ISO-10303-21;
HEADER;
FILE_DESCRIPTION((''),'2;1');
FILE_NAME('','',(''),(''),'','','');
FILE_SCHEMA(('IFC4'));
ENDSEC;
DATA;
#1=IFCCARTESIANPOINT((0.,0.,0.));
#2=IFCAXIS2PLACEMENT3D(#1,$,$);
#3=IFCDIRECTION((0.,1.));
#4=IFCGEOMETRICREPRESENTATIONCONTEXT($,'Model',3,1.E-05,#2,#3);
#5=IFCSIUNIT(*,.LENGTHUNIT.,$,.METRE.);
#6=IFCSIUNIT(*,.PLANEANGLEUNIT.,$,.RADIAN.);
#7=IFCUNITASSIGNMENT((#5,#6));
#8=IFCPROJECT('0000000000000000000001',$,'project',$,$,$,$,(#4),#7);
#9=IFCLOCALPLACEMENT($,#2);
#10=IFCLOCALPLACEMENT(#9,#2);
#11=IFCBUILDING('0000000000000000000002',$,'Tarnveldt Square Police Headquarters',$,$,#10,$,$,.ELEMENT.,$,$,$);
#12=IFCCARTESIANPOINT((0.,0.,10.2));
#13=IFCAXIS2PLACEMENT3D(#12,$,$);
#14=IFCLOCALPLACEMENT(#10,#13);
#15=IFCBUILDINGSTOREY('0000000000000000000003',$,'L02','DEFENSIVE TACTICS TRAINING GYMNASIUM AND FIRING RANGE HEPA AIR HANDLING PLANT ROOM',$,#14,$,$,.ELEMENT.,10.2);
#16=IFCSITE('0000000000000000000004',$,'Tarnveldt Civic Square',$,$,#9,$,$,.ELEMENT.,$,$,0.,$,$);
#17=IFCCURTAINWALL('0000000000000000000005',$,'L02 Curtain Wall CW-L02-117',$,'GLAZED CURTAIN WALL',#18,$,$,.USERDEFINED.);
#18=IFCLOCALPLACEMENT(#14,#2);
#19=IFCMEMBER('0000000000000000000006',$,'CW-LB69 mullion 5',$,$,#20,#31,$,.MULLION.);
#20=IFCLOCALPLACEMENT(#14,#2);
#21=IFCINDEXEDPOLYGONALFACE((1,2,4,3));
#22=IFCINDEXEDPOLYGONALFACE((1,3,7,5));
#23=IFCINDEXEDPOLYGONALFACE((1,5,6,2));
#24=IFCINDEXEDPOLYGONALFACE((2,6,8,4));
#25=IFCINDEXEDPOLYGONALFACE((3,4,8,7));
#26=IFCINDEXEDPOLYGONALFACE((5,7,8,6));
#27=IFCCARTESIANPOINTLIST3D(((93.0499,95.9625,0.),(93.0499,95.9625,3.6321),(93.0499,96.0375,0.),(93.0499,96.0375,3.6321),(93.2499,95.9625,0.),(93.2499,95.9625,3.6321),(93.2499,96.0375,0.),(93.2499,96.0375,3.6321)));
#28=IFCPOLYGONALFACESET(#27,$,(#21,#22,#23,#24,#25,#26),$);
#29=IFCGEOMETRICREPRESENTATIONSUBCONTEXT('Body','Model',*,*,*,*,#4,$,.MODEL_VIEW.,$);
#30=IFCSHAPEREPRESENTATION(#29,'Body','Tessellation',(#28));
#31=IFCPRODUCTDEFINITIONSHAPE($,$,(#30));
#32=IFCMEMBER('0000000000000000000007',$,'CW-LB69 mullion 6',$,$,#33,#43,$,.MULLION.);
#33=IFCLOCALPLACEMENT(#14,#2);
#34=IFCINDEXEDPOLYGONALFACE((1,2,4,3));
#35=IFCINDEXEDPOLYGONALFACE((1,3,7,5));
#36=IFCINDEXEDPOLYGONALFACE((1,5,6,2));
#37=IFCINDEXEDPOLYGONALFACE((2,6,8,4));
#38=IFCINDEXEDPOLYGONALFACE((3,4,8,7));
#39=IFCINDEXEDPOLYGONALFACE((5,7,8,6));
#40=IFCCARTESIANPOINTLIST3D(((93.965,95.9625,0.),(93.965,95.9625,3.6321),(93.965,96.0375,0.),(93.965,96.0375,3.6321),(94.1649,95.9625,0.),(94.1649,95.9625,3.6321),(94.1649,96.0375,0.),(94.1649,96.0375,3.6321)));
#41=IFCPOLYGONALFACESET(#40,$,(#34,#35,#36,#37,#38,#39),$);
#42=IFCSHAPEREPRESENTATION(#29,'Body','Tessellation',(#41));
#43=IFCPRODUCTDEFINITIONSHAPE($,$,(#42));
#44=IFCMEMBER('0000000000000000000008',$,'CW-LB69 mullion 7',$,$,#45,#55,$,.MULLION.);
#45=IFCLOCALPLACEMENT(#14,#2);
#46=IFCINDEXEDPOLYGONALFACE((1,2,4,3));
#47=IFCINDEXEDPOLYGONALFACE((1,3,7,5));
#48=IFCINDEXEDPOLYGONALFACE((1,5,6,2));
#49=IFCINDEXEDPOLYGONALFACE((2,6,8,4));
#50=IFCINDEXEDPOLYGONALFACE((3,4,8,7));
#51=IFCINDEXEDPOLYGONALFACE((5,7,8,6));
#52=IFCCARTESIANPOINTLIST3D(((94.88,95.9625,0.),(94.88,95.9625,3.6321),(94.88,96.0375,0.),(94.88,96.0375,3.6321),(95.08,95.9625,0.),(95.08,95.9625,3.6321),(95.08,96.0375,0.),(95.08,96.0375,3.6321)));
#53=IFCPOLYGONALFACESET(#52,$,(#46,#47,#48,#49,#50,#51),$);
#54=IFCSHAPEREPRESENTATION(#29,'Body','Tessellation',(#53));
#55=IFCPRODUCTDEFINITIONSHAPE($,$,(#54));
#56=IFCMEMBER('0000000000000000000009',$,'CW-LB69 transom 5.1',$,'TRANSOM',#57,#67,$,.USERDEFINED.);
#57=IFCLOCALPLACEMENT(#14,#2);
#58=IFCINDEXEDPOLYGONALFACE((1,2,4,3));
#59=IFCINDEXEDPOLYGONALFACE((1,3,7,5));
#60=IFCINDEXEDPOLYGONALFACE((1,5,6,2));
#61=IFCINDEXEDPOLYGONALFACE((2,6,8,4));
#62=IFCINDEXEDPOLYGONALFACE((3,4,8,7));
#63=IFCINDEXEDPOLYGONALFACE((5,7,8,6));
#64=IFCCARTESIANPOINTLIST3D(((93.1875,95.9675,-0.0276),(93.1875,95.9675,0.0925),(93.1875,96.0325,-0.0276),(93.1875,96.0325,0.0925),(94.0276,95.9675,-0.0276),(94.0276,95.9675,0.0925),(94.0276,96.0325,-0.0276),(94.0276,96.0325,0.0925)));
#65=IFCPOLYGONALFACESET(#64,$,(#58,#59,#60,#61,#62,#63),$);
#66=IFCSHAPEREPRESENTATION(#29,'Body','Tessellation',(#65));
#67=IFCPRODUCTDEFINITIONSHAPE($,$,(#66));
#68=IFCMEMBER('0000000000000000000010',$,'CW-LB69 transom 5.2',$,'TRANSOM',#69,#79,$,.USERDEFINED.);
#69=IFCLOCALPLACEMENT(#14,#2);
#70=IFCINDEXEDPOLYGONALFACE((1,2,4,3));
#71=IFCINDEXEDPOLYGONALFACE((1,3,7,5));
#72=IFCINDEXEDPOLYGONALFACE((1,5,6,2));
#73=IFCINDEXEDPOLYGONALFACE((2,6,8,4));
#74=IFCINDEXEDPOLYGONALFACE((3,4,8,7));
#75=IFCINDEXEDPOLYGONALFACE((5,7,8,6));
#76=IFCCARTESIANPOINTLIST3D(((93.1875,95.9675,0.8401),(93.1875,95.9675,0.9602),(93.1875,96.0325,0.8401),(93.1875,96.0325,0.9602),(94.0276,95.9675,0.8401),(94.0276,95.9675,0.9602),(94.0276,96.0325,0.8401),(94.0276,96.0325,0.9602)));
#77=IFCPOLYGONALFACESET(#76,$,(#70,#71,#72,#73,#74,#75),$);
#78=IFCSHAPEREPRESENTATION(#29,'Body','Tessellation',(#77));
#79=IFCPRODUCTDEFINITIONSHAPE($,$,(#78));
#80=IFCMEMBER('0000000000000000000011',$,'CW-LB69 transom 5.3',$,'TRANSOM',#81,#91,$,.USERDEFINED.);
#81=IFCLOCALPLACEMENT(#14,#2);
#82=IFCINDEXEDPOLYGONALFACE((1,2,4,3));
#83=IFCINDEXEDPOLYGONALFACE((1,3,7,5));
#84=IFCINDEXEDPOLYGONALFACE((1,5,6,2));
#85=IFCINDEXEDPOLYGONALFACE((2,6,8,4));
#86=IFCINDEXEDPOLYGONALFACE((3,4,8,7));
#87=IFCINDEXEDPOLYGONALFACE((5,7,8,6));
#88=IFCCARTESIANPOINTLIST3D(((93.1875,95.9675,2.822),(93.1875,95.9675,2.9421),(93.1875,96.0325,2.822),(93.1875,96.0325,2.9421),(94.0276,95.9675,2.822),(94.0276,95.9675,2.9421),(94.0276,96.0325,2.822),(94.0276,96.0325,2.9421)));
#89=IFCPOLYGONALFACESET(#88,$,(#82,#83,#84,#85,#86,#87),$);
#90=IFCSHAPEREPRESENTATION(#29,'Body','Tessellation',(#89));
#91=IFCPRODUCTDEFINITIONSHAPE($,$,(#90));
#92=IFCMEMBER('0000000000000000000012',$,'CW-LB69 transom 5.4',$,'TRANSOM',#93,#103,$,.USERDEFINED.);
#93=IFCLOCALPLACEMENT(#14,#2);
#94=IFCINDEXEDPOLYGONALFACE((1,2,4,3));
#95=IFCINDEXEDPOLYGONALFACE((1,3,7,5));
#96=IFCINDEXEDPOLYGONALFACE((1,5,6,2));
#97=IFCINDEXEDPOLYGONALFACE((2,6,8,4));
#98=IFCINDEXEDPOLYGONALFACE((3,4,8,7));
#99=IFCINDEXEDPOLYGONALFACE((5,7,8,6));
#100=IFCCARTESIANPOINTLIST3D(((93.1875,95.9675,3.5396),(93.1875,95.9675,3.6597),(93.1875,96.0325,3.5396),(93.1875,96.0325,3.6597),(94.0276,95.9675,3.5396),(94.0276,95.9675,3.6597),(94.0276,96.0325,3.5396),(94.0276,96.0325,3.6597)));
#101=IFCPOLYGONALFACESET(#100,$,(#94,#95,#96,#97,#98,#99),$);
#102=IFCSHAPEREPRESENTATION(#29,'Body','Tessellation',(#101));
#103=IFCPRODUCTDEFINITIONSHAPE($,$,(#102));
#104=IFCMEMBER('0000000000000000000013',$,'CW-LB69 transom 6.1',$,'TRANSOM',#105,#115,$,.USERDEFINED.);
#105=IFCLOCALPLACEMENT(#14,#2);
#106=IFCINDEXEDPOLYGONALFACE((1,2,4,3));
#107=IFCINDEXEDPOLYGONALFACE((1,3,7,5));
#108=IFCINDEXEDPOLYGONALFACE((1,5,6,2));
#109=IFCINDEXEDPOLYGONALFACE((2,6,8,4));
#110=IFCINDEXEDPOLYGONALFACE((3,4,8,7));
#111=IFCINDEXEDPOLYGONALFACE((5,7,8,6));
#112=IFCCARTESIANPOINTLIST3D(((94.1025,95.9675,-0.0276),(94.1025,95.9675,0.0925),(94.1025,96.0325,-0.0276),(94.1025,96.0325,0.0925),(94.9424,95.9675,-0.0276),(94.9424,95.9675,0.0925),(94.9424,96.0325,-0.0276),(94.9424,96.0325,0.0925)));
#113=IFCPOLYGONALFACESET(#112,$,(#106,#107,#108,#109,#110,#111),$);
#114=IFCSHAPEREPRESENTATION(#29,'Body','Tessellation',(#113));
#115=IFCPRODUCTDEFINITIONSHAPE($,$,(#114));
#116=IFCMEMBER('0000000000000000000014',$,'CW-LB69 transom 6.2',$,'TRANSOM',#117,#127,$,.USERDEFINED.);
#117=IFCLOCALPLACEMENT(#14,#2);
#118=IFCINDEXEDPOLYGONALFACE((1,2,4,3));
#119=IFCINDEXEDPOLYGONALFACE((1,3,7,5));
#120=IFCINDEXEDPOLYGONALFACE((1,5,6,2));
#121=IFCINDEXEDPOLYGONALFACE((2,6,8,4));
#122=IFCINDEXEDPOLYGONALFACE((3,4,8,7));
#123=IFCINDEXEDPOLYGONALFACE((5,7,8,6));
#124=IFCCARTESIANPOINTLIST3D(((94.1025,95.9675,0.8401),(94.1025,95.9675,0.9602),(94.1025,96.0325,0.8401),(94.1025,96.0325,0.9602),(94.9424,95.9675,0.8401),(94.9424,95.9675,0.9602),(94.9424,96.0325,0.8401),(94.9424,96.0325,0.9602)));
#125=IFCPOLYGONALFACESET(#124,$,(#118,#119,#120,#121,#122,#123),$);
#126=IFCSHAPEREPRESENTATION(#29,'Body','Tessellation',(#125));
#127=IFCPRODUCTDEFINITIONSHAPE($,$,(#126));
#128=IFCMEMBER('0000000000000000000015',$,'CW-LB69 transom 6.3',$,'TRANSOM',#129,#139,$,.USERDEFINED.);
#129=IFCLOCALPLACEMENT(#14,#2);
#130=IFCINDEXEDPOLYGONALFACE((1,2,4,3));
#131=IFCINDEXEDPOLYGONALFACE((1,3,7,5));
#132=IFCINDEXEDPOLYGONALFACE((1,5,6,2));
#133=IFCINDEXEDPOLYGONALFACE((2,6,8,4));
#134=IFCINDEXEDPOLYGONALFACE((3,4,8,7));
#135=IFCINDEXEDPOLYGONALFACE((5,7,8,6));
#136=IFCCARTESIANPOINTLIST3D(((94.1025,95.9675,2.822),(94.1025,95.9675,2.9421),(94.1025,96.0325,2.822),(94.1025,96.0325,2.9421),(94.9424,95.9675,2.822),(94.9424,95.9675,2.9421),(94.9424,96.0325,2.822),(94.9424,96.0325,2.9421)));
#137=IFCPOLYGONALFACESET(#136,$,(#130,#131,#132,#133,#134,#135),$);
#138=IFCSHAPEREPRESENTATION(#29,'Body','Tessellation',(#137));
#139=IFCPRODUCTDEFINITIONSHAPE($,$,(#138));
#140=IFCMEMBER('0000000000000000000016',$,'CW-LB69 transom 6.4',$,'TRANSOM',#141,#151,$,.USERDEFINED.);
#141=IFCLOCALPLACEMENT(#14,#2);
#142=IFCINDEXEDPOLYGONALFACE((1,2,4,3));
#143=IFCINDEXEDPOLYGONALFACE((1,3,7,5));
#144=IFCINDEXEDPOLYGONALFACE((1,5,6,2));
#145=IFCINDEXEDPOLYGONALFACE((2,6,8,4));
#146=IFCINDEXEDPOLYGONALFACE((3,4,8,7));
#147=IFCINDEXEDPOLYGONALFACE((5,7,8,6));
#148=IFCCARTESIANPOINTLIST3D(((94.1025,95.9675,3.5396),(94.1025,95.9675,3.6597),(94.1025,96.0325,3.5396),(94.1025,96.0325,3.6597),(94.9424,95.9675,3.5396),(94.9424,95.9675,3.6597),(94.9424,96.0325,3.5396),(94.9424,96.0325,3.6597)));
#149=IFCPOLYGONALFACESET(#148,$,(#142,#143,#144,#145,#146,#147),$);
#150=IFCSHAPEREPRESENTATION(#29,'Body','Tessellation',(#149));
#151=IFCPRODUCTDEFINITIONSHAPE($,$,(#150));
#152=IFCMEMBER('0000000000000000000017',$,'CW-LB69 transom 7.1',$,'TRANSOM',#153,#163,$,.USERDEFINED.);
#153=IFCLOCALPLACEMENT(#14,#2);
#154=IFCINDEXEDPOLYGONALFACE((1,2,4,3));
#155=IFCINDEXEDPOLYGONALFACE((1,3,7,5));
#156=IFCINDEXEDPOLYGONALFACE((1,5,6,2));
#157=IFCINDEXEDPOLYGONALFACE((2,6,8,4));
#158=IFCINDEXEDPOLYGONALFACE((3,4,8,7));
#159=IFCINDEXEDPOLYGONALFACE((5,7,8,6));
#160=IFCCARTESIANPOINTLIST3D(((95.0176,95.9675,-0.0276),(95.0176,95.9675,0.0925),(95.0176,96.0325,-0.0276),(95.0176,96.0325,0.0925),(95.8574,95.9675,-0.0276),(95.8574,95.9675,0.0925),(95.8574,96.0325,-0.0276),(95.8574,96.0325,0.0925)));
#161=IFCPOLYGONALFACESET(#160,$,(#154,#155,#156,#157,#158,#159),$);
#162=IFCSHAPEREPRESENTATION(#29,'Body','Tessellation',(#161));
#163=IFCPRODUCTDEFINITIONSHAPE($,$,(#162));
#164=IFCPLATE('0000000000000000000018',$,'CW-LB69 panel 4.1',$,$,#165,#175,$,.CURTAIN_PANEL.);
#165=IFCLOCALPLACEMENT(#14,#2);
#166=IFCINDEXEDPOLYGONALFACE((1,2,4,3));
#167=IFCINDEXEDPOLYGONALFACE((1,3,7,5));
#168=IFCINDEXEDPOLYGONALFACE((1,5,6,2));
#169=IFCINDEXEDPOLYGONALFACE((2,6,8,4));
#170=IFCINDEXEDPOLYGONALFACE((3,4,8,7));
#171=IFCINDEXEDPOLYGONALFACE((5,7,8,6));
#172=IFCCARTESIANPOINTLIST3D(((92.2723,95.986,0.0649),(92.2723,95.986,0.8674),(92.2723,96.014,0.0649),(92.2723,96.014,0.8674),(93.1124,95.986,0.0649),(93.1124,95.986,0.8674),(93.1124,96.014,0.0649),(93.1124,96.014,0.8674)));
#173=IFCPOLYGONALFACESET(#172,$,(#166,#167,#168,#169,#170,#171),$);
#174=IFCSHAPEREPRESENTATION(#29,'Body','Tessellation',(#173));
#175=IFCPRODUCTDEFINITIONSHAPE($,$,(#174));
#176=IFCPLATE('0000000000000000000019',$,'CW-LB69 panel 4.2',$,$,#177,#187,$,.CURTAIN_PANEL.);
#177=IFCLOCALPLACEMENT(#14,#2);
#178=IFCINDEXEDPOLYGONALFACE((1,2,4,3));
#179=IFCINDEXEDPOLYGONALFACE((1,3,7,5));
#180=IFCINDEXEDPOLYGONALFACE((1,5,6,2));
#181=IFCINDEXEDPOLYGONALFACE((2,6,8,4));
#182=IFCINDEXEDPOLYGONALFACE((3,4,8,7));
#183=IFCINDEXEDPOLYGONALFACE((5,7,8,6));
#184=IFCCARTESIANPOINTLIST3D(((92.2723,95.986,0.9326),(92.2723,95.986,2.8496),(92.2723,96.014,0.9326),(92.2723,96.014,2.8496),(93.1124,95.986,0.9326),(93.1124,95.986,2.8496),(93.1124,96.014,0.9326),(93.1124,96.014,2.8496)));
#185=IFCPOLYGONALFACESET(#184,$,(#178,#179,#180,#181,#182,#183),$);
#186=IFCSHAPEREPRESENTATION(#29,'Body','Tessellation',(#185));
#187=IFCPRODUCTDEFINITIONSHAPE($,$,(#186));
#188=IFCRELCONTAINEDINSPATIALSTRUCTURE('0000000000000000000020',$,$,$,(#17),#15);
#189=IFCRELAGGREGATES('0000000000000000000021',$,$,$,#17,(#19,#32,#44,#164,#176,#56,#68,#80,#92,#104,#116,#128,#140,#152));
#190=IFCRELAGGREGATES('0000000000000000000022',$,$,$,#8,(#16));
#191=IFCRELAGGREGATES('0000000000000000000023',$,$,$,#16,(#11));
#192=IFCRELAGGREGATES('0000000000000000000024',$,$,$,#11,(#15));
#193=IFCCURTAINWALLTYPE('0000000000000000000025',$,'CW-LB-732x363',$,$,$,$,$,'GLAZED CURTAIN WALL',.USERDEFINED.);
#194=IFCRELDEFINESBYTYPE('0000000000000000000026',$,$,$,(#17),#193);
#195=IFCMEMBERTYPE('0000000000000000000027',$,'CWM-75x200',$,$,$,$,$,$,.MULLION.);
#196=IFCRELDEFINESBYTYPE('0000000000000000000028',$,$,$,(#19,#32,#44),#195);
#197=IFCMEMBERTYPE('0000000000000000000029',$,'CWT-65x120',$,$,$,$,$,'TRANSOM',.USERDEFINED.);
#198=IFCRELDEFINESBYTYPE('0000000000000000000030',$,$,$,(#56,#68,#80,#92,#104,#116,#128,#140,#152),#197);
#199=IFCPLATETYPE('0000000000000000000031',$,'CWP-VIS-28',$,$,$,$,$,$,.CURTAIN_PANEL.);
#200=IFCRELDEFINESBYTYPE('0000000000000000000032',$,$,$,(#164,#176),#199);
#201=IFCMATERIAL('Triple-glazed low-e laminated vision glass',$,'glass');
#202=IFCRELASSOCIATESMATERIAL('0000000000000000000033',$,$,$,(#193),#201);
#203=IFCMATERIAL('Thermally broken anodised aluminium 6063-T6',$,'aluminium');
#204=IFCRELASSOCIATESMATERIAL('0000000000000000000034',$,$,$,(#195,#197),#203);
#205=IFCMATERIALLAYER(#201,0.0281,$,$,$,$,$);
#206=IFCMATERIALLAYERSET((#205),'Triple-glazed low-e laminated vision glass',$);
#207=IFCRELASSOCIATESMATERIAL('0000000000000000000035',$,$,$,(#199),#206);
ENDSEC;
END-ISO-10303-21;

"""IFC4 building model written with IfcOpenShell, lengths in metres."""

from ifc_helpers import new_model, si_unit, direction, frame, origin, origin_2d, place, context, subcontext, project, spatial, rectangle, extrude, material, layer, layer_set, material_profile, profile_set, type_object, element, aggregate, save


model = new_model("IFC4")

# Units and contexts
model_context = context("Model", 3, precision=1e-05, world=origin(), true_north=direction((0.0, 1.0)))
body_context = subcontext(model_context, "Body", "Model", "MODEL_VIEW")
ifc_project = project(units=[si_unit("LENGTHUNIT", "METRE"), si_unit("PLANEANGLEUNIT", "RADIAN")], contexts=[model_context])

# Site, building, storey
site_placement = place(None, origin())
site = spatial("IfcSite", under=ifc_project, at=site_placement, Name="Tarnveldt Civic Square", CompositionType="ELEMENT", RefElevation=0.0)
building_placement = place(site_placement, origin())
building = spatial("IfcBuilding", under=site, at=building_placement, Name="Tarnveldt Square Police Headquarters", CompositionType="ELEMENT")
storey_placement = place(building_placement, frame((0.0, 0.0, 10.2)))
storey = spatial("IfcBuildingStorey", under=building, at=storey_placement, Name="L02", Description="DEFENSIVE TACTICS TRAINING GYMNASIUM AND FIRING RANGE HEPA AIR HANDLING PLANT ROOM", CompositionType="ELEMENT", Elevation=10.2)

# Curtain wall, members, plates
ifc_material_1 = material(Name="Triple-glazed low-e laminated vision glass", Category="glass")
curtain_wall_type = type_object("IfcCurtainWallType", Name="CW-LB-732x363", ElementType="GLAZED CURTAIN WALL", PredefinedType="USERDEFINED", material=ifc_material_1)
curtain_wall_placement = place(storey_placement, origin())
curtain_wall = element("IfcCurtainWall", 1, at=curtain_wall_placement, inside=storey, type_object=curtain_wall_type, Name="L02 Curtain Wall CW-L02-117", ObjectType="GLAZED CURTAIN WALL", PredefinedType="USERDEFINED")
ifc_material_2 = material(Name="Thermally broken anodised aluminium 6063-T6", Category="aluminium")
ifc_material_profile_1 = material_profile(ifc_material_2, rectangle(XDim=0.075, YDim=0.2, at=origin_2d()), Name="CW-M75x200")
ifc_profile_set_1 = profile_set([ifc_material_profile_1], Name="Thermally broken anodised aluminium 6063-T6")
member_type_1 = type_object("IfcMemberType", Name="CWM-75x200", PredefinedType="MULLION", material=ifc_profile_set_1)
member_1_placement = place(storey_placement, frame((93.1499, 96.0, 0.0), z_axis=(0.0, 0.0, 1.0), x_axis=(0.0, 1.0, 0.0)))
member_1 = element("IfcMember", 2, at=member_1_placement, type_object=member_type_1, Name="CW-LB69 mullion 5", PredefinedType="MULLION", context=body_context, shape_type="SweptSolid", body=[
    extrude(rectangle(XDim=0.075, YDim=0.2, at=origin_2d()), origin(), (0.0, 0.0, 1.0), 3.6321),
])
member_2_placement = place(storey_placement, frame((94.0649, 96.0, 0.0), z_axis=(0.0, 0.0, 1.0), x_axis=(0.0, 1.0, 0.0)))
member_2 = element("IfcMember", 3, at=member_2_placement, type_object=member_type_1, Name="CW-LB69 mullion 6", PredefinedType="MULLION", context=body_context, shape_type="SweptSolid", body=[
    extrude(rectangle(XDim=0.075, YDim=0.2, at=origin_2d()), origin(), (0.0, 0.0, 1.0), 3.6321),
])
member_3_placement = place(storey_placement, frame((94.98, 96.0, 0.0), z_axis=(0.0, 0.0, 1.0), x_axis=(0.0, 1.0, 0.0)))
member_3 = element("IfcMember", 4, at=member_3_placement, type_object=member_type_1, Name="CW-LB69 mullion 7", PredefinedType="MULLION", context=body_context, shape_type="SweptSolid", body=[
    extrude(rectangle(XDim=0.075, YDim=0.2, at=origin_2d()), origin(), (0.0, 0.0, 1.0), 3.6321),
])
ifc_material_profile_2 = material_profile(ifc_material_2, rectangle(XDim=0.0649, YDim=0.1201, at=origin_2d()), Name="CW-T65x120")
ifc_profile_set_2 = profile_set([ifc_material_profile_2], Name="Thermally broken anodised aluminium 6063-T6")
member_type_2 = type_object("IfcMemberType", Name="CWT-65x120", ElementType="TRANSOM", PredefinedType="USERDEFINED", material=ifc_profile_set_2)
member_4_placement = place(storey_placement, frame((93.1875, 96.0, 0.0325), z_axis=(1.0, 0.0, 0.0), x_axis=(0.0, 1.0, 0.0)))
member_4 = element("IfcMember", 5, at=member_4_placement, type_object=member_type_2, Name="CW-LB69 transom 5.1", ObjectType="TRANSOM", PredefinedType="USERDEFINED", context=body_context, shape_type="SweptSolid", body=[
    extrude(rectangle(XDim=0.0649, YDim=0.1201, at=origin_2d()), origin(), (0.0, 0.0, 1.0), 0.8401),
])
member_5_placement = place(storey_placement, frame((93.1875, 96.0, 0.9001), z_axis=(1.0, 0.0, 0.0), x_axis=(0.0, 1.0, 0.0)))
member_5 = element("IfcMember", 6, at=member_5_placement, type_object=member_type_2, Name="CW-LB69 transom 5.2", ObjectType="TRANSOM", PredefinedType="USERDEFINED", context=body_context, shape_type="SweptSolid", body=[
    extrude(rectangle(XDim=0.0649, YDim=0.1201, at=origin_2d()), origin(), (0.0, 0.0, 1.0), 0.8401),
])
member_6_placement = place(storey_placement, frame((93.1875, 96.0, 2.8821), z_axis=(1.0, 0.0, 0.0), x_axis=(0.0, 1.0, 0.0)))
member_6 = element("IfcMember", 7, at=member_6_placement, type_object=member_type_2, Name="CW-LB69 transom 5.3", ObjectType="TRANSOM", PredefinedType="USERDEFINED", context=body_context, shape_type="SweptSolid", body=[
    extrude(rectangle(XDim=0.0649, YDim=0.1201, at=origin_2d()), origin(), (0.0, 0.0, 1.0), 0.8401),
])
member_7_placement = place(storey_placement, frame((93.1875, 96.0, 3.5996), z_axis=(1.0, 0.0, 0.0), x_axis=(0.0, 1.0, 0.0)))
member_7 = element("IfcMember", 8, at=member_7_placement, type_object=member_type_2, Name="CW-LB69 transom 5.4", ObjectType="TRANSOM", PredefinedType="USERDEFINED", context=body_context, shape_type="SweptSolid", body=[
    extrude(rectangle(XDim=0.0649, YDim=0.1201, at=origin_2d()), origin(), (0.0, 0.0, 1.0), 0.8401),
])
member_8_placement = place(storey_placement, frame((94.1025, 96.0, 0.0325), z_axis=(1.0, 0.0, 0.0), x_axis=(0.0, 1.0, 0.0)))
member_8 = element("IfcMember", 9, at=member_8_placement, type_object=member_type_2, Name="CW-LB69 transom 6.1", ObjectType="TRANSOM", PredefinedType="USERDEFINED", context=body_context, shape_type="SweptSolid", body=[
    extrude(rectangle(XDim=0.0649, YDim=0.1201, at=origin_2d()), origin(), (0.0, 0.0, 1.0), 0.8398),
])
member_9_placement = place(storey_placement, frame((94.1025, 96.0, 0.9001), z_axis=(1.0, 0.0, 0.0), x_axis=(0.0, 1.0, 0.0)))
member_9 = element("IfcMember", 10, at=member_9_placement, type_object=member_type_2, Name="CW-LB69 transom 6.2", ObjectType="TRANSOM", PredefinedType="USERDEFINED", context=body_context, shape_type="SweptSolid", body=[
    extrude(rectangle(XDim=0.0649, YDim=0.1201, at=origin_2d()), origin(), (0.0, 0.0, 1.0), 0.8398),
])
member_10_placement = place(storey_placement, frame((94.1025, 96.0, 2.8821), z_axis=(1.0, 0.0, 0.0), x_axis=(0.0, 1.0, 0.0)))
member_10 = element("IfcMember", 11, at=member_10_placement, type_object=member_type_2, Name="CW-LB69 transom 6.3", ObjectType="TRANSOM", PredefinedType="USERDEFINED", context=body_context, shape_type="SweptSolid", body=[
    extrude(rectangle(XDim=0.0649, YDim=0.1201, at=origin_2d()), origin(), (0.0, 0.0, 1.0), 0.8398),
])
member_11_placement = place(storey_placement, frame((94.1025, 96.0, 3.5996), z_axis=(1.0, 0.0, 0.0), x_axis=(0.0, 1.0, 0.0)))
member_11 = element("IfcMember", 12, at=member_11_placement, type_object=member_type_2, Name="CW-LB69 transom 6.4", ObjectType="TRANSOM", PredefinedType="USERDEFINED", context=body_context, shape_type="SweptSolid", body=[
    extrude(rectangle(XDim=0.0649, YDim=0.1201, at=origin_2d()), origin(), (0.0, 0.0, 1.0), 0.8398),
])
member_12_placement = place(storey_placement, frame((95.0176, 96.0, 0.0325), z_axis=(1.0, 0.0, 0.0), x_axis=(0.0, 1.0, 0.0)))
member_12 = element("IfcMember", 13, at=member_12_placement, type_object=member_type_2, Name="CW-LB69 transom 7.1", ObjectType="TRANSOM", PredefinedType="USERDEFINED", context=body_context, shape_type="SweptSolid", body=[
    extrude(rectangle(XDim=0.0649, YDim=0.1201, at=origin_2d()), origin(), (0.0, 0.0, 1.0), 0.8398),
])
ifc_layer = layer(ifc_material_1, 0.0281)
ifc_layer_set = layer_set([ifc_layer], Name="Triple-glazed low-e laminated vision glass")
plate_type = type_object("IfcPlateType", Name="CWP-VIS-28", PredefinedType="CURTAIN_PANEL", material=ifc_layer_set)
plate_1_placement = place(storey_placement, frame((92.6924, 96.0, 0.0649), z_axis=(0.0, 0.0, 1.0), x_axis=(1.0, 0.0, 0.0)))
plate_1 = element("IfcPlate", 14, at=plate_1_placement, type_object=plate_type, Name="CW-LB69 panel 4.1", PredefinedType="CURTAIN_PANEL", context=body_context, shape_type="SweptSolid", body=[
    extrude(rectangle(XDim=0.8401, YDim=0.0281, at=origin_2d()), origin(), (0.0, 0.0, 1.0), 0.8025),
])
plate_2_placement = place(storey_placement, frame((92.6924, 96.0, 0.9326), z_axis=(0.0, 0.0, 1.0), x_axis=(1.0, 0.0, 0.0)))
plate_2 = element("IfcPlate", 15, at=plate_2_placement, type_object=plate_type, Name="CW-LB69 panel 4.2", PredefinedType="CURTAIN_PANEL", context=body_context, shape_type="SweptSolid", body=[
    extrude(rectangle(XDim=0.8401, YDim=0.0281, at=origin_2d()), origin(), (0.0, 0.0, 1.0), 1.917),
])
aggregate(curtain_wall, [member_1, member_2, member_3, plate_1, plate_2, member_4, member_5, member_6, member_7, member_8, member_9, member_10, member_11, member_12])

save(model, "model.ifc")
